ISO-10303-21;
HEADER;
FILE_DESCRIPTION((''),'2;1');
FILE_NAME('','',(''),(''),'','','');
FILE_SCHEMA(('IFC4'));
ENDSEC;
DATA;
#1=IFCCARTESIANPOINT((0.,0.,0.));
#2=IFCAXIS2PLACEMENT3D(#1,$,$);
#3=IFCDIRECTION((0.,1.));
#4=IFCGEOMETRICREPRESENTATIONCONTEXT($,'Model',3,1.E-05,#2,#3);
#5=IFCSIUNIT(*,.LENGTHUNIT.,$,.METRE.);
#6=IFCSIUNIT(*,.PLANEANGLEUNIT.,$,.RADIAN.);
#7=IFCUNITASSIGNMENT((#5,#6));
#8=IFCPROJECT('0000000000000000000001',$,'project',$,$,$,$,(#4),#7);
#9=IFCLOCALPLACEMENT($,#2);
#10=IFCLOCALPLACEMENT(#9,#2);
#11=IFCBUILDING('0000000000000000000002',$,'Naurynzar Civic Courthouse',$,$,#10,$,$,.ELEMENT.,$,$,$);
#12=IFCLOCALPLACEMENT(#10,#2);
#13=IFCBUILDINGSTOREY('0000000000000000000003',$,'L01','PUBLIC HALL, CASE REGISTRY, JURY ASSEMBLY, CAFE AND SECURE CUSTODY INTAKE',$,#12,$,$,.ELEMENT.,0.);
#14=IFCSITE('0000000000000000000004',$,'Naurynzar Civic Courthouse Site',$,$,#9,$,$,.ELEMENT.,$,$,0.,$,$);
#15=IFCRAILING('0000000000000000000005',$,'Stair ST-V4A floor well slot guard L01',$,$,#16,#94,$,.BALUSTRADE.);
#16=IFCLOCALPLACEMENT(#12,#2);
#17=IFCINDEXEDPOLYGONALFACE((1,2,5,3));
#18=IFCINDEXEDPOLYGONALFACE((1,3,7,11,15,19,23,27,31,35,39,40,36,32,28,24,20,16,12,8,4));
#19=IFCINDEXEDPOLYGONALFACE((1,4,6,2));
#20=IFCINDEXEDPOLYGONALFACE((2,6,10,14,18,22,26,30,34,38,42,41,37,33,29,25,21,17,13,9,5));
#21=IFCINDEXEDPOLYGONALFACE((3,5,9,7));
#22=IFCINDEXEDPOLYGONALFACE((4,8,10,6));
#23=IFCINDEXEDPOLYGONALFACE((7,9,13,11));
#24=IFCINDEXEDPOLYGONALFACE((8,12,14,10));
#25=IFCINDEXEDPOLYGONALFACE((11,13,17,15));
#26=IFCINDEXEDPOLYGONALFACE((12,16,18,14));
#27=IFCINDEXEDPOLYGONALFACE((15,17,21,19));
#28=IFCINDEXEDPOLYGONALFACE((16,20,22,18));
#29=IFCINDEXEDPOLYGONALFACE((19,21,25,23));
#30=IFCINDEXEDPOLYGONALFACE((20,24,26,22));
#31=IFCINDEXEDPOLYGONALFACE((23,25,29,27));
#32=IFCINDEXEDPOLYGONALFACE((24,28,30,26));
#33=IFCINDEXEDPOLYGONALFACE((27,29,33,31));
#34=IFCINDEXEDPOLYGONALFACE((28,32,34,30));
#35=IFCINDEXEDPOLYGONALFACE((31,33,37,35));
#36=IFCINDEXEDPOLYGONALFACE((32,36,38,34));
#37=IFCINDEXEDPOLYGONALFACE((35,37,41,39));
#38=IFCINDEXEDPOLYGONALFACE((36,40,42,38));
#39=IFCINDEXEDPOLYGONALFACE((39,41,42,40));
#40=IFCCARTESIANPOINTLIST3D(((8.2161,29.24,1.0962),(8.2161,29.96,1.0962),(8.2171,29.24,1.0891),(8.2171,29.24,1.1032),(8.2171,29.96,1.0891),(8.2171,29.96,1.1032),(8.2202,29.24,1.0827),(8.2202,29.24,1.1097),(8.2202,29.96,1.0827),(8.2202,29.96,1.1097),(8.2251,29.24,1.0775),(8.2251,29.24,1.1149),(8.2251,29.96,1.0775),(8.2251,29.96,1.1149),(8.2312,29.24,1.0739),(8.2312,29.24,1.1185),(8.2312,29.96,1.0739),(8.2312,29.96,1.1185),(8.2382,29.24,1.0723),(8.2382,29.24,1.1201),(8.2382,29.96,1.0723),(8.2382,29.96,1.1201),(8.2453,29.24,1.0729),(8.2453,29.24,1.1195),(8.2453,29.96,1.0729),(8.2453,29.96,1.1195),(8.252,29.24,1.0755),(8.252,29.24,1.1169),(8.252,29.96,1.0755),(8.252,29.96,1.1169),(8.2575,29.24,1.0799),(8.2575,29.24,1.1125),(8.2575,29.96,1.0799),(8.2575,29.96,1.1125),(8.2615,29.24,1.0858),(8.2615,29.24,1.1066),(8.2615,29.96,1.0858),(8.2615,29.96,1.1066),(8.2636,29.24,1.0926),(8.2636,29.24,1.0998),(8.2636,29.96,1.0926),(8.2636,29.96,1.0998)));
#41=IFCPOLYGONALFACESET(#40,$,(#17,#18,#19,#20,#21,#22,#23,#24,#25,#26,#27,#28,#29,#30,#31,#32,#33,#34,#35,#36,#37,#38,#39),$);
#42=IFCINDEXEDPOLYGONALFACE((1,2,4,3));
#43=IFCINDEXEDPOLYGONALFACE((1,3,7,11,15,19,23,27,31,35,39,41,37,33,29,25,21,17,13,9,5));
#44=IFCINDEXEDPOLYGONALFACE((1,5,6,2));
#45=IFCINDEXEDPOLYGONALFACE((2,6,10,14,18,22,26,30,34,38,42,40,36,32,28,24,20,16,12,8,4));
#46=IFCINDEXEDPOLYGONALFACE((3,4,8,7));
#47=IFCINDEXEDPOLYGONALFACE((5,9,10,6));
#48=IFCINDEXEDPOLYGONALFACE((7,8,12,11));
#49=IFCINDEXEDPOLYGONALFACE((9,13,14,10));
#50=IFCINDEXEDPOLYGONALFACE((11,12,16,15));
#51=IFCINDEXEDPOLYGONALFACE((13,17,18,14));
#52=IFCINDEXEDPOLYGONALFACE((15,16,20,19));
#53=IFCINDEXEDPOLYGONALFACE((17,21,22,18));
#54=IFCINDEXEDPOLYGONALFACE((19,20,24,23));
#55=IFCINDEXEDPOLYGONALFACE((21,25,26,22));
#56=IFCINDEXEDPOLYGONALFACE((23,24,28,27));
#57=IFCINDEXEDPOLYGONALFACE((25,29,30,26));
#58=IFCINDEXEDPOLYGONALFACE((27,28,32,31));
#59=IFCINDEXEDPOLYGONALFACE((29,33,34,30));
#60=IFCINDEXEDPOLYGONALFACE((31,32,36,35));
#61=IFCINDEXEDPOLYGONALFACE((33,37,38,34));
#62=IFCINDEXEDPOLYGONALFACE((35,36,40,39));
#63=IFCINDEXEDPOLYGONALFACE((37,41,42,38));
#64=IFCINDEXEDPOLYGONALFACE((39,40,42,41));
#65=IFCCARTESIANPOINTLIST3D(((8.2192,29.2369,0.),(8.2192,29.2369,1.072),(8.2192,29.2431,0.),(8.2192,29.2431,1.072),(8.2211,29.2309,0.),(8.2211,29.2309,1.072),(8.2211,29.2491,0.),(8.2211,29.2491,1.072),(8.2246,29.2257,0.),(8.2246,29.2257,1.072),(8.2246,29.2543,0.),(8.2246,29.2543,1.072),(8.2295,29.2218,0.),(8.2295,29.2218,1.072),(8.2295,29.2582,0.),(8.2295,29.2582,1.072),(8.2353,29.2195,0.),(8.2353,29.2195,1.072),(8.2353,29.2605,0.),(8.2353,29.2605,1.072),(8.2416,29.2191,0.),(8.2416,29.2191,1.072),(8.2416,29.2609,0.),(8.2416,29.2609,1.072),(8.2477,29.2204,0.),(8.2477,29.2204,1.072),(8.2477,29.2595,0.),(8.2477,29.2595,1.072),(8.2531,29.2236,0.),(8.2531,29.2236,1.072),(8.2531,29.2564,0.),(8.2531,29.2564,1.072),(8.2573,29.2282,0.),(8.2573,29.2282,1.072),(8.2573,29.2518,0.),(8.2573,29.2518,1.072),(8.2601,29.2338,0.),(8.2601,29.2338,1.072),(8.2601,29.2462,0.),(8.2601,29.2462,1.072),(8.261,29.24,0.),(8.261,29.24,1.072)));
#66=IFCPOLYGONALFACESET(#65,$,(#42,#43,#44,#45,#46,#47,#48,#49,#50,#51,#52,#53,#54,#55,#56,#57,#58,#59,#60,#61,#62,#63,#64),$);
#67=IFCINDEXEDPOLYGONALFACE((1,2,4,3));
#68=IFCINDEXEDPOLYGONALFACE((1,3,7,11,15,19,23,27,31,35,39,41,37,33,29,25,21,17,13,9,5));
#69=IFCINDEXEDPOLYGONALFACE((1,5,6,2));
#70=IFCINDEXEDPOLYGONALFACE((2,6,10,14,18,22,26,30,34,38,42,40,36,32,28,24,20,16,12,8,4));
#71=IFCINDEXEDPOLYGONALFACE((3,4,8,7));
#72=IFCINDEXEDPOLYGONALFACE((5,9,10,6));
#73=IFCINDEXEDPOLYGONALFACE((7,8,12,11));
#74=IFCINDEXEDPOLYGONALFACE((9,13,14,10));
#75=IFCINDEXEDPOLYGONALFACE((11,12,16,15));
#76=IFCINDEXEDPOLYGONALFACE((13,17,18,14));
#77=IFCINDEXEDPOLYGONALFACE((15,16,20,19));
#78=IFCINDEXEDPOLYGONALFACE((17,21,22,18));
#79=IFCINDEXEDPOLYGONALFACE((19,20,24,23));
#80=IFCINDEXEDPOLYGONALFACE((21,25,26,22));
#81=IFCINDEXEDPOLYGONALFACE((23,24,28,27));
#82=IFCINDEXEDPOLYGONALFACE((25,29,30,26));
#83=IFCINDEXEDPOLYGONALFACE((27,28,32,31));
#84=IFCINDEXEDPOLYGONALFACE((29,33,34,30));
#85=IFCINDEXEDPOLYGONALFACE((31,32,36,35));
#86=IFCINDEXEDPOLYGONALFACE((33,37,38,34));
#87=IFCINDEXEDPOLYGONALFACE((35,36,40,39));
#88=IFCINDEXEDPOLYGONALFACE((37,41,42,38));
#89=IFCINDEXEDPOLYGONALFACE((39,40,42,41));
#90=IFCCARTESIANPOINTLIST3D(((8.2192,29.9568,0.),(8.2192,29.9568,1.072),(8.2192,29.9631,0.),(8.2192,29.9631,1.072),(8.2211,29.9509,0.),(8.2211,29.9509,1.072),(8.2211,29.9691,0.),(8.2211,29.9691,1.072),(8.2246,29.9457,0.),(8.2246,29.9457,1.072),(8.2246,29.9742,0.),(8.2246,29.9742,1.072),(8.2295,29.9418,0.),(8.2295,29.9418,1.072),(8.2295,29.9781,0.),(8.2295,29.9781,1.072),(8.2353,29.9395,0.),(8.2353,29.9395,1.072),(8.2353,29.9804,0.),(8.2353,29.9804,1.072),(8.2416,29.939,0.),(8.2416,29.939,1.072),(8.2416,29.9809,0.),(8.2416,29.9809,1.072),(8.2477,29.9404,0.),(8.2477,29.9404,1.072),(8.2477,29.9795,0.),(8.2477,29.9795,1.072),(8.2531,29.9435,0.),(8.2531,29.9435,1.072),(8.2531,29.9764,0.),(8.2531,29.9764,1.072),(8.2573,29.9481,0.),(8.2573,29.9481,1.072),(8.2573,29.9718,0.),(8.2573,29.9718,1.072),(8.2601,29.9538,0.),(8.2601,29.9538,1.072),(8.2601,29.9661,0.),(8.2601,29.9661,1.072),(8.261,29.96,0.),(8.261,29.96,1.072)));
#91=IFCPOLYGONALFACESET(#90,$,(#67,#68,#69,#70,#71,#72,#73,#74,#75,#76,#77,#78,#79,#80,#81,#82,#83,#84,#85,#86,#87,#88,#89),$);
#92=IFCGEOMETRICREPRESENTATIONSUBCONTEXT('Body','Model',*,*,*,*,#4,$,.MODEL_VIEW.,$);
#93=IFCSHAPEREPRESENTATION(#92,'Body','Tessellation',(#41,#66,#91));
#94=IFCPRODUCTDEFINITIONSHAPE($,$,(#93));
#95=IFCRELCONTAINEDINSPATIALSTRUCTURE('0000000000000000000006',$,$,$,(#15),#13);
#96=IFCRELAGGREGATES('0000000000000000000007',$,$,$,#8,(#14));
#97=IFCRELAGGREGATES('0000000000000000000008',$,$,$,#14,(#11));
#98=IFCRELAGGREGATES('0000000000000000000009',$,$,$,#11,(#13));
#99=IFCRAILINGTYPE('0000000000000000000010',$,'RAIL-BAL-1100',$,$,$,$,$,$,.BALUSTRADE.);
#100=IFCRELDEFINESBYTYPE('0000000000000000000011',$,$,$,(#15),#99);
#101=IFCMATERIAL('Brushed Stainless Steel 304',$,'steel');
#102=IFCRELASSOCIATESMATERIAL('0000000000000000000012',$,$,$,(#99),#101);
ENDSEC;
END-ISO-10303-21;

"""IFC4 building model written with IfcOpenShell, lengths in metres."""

from ifc_helpers import new_model, si_unit, direction, frame, origin, origin_2d, place, context, subcontext, project, spatial, circle, extrude, material, type_object, element, save


model = new_model("IFC4")

# Units and contexts
model_context = context("Model", 3, precision=1e-05, world=origin(), true_north=direction((0.0, 1.0)))
body_context = subcontext(model_context, "Body", "Model", "MODEL_VIEW")
ifc_project = project(units=[si_unit("LENGTHUNIT", "METRE"), si_unit("PLANEANGLEUNIT", "RADIAN")], contexts=[model_context])

# Site, building, storey
site_placement = place(None, origin())
site = spatial("IfcSite", under=ifc_project, at=site_placement, Name="Naurynzar Civic Courthouse Site", CompositionType="ELEMENT", RefElevation=0.0)
building_placement = place(site_placement, origin())
building = spatial("IfcBuilding", under=site, at=building_placement, Name="Naurynzar Civic Courthouse", CompositionType="ELEMENT")
storey_placement = place(building_placement, origin())
storey = spatial("IfcBuildingStorey", under=building, at=storey_placement, Name="L01", Description="PUBLIC HALL, CASE REGISTRY, JURY ASSEMBLY, CAFE AND SECURE CUSTODY INTAKE", CompositionType="ELEMENT", Elevation=0.0)

# Railing
ifc_material_1 = material(Name="Brushed Stainless Steel 304", Category="steel")
railing_type_1 = type_object("IfcRailingType", Name="RAIL-BAL-1100", PredefinedType="BALUSTRADE", material=ifc_material_1)
railing_1_placement = place(storey_placement, frame((8.24, 29.24, 0.0)))
element("IfcRailing", 1, at=railing_1_placement, inside=storey, type_object=railing_type_1, Name="Stair ST-V4A floor well slot guard L01", PredefinedType="BALUSTRADE", context=body_context, shape_type="SweptSolid", body=[
    extrude(circle(Radius=0.0239, at=origin_2d()), frame((0.0, 0.0, 1.0962), z_axis=(0.0, 1.0, 0.0), x_axis=(-1.0, 0.0, 0.0)), (0.0, 0.0, 1.0), 0.72),
    extrude(circle(Radius=0.021, at=origin_2d()), origin(), (0.0, 0.0, 1.0), 1.072),
    extrude(circle(Radius=0.021, at=origin_2d()), frame((0.0, 0.72, 0.0)), (0.0, 0.0, 1.0), 1.072),
])

save(model, "model.ifc")
